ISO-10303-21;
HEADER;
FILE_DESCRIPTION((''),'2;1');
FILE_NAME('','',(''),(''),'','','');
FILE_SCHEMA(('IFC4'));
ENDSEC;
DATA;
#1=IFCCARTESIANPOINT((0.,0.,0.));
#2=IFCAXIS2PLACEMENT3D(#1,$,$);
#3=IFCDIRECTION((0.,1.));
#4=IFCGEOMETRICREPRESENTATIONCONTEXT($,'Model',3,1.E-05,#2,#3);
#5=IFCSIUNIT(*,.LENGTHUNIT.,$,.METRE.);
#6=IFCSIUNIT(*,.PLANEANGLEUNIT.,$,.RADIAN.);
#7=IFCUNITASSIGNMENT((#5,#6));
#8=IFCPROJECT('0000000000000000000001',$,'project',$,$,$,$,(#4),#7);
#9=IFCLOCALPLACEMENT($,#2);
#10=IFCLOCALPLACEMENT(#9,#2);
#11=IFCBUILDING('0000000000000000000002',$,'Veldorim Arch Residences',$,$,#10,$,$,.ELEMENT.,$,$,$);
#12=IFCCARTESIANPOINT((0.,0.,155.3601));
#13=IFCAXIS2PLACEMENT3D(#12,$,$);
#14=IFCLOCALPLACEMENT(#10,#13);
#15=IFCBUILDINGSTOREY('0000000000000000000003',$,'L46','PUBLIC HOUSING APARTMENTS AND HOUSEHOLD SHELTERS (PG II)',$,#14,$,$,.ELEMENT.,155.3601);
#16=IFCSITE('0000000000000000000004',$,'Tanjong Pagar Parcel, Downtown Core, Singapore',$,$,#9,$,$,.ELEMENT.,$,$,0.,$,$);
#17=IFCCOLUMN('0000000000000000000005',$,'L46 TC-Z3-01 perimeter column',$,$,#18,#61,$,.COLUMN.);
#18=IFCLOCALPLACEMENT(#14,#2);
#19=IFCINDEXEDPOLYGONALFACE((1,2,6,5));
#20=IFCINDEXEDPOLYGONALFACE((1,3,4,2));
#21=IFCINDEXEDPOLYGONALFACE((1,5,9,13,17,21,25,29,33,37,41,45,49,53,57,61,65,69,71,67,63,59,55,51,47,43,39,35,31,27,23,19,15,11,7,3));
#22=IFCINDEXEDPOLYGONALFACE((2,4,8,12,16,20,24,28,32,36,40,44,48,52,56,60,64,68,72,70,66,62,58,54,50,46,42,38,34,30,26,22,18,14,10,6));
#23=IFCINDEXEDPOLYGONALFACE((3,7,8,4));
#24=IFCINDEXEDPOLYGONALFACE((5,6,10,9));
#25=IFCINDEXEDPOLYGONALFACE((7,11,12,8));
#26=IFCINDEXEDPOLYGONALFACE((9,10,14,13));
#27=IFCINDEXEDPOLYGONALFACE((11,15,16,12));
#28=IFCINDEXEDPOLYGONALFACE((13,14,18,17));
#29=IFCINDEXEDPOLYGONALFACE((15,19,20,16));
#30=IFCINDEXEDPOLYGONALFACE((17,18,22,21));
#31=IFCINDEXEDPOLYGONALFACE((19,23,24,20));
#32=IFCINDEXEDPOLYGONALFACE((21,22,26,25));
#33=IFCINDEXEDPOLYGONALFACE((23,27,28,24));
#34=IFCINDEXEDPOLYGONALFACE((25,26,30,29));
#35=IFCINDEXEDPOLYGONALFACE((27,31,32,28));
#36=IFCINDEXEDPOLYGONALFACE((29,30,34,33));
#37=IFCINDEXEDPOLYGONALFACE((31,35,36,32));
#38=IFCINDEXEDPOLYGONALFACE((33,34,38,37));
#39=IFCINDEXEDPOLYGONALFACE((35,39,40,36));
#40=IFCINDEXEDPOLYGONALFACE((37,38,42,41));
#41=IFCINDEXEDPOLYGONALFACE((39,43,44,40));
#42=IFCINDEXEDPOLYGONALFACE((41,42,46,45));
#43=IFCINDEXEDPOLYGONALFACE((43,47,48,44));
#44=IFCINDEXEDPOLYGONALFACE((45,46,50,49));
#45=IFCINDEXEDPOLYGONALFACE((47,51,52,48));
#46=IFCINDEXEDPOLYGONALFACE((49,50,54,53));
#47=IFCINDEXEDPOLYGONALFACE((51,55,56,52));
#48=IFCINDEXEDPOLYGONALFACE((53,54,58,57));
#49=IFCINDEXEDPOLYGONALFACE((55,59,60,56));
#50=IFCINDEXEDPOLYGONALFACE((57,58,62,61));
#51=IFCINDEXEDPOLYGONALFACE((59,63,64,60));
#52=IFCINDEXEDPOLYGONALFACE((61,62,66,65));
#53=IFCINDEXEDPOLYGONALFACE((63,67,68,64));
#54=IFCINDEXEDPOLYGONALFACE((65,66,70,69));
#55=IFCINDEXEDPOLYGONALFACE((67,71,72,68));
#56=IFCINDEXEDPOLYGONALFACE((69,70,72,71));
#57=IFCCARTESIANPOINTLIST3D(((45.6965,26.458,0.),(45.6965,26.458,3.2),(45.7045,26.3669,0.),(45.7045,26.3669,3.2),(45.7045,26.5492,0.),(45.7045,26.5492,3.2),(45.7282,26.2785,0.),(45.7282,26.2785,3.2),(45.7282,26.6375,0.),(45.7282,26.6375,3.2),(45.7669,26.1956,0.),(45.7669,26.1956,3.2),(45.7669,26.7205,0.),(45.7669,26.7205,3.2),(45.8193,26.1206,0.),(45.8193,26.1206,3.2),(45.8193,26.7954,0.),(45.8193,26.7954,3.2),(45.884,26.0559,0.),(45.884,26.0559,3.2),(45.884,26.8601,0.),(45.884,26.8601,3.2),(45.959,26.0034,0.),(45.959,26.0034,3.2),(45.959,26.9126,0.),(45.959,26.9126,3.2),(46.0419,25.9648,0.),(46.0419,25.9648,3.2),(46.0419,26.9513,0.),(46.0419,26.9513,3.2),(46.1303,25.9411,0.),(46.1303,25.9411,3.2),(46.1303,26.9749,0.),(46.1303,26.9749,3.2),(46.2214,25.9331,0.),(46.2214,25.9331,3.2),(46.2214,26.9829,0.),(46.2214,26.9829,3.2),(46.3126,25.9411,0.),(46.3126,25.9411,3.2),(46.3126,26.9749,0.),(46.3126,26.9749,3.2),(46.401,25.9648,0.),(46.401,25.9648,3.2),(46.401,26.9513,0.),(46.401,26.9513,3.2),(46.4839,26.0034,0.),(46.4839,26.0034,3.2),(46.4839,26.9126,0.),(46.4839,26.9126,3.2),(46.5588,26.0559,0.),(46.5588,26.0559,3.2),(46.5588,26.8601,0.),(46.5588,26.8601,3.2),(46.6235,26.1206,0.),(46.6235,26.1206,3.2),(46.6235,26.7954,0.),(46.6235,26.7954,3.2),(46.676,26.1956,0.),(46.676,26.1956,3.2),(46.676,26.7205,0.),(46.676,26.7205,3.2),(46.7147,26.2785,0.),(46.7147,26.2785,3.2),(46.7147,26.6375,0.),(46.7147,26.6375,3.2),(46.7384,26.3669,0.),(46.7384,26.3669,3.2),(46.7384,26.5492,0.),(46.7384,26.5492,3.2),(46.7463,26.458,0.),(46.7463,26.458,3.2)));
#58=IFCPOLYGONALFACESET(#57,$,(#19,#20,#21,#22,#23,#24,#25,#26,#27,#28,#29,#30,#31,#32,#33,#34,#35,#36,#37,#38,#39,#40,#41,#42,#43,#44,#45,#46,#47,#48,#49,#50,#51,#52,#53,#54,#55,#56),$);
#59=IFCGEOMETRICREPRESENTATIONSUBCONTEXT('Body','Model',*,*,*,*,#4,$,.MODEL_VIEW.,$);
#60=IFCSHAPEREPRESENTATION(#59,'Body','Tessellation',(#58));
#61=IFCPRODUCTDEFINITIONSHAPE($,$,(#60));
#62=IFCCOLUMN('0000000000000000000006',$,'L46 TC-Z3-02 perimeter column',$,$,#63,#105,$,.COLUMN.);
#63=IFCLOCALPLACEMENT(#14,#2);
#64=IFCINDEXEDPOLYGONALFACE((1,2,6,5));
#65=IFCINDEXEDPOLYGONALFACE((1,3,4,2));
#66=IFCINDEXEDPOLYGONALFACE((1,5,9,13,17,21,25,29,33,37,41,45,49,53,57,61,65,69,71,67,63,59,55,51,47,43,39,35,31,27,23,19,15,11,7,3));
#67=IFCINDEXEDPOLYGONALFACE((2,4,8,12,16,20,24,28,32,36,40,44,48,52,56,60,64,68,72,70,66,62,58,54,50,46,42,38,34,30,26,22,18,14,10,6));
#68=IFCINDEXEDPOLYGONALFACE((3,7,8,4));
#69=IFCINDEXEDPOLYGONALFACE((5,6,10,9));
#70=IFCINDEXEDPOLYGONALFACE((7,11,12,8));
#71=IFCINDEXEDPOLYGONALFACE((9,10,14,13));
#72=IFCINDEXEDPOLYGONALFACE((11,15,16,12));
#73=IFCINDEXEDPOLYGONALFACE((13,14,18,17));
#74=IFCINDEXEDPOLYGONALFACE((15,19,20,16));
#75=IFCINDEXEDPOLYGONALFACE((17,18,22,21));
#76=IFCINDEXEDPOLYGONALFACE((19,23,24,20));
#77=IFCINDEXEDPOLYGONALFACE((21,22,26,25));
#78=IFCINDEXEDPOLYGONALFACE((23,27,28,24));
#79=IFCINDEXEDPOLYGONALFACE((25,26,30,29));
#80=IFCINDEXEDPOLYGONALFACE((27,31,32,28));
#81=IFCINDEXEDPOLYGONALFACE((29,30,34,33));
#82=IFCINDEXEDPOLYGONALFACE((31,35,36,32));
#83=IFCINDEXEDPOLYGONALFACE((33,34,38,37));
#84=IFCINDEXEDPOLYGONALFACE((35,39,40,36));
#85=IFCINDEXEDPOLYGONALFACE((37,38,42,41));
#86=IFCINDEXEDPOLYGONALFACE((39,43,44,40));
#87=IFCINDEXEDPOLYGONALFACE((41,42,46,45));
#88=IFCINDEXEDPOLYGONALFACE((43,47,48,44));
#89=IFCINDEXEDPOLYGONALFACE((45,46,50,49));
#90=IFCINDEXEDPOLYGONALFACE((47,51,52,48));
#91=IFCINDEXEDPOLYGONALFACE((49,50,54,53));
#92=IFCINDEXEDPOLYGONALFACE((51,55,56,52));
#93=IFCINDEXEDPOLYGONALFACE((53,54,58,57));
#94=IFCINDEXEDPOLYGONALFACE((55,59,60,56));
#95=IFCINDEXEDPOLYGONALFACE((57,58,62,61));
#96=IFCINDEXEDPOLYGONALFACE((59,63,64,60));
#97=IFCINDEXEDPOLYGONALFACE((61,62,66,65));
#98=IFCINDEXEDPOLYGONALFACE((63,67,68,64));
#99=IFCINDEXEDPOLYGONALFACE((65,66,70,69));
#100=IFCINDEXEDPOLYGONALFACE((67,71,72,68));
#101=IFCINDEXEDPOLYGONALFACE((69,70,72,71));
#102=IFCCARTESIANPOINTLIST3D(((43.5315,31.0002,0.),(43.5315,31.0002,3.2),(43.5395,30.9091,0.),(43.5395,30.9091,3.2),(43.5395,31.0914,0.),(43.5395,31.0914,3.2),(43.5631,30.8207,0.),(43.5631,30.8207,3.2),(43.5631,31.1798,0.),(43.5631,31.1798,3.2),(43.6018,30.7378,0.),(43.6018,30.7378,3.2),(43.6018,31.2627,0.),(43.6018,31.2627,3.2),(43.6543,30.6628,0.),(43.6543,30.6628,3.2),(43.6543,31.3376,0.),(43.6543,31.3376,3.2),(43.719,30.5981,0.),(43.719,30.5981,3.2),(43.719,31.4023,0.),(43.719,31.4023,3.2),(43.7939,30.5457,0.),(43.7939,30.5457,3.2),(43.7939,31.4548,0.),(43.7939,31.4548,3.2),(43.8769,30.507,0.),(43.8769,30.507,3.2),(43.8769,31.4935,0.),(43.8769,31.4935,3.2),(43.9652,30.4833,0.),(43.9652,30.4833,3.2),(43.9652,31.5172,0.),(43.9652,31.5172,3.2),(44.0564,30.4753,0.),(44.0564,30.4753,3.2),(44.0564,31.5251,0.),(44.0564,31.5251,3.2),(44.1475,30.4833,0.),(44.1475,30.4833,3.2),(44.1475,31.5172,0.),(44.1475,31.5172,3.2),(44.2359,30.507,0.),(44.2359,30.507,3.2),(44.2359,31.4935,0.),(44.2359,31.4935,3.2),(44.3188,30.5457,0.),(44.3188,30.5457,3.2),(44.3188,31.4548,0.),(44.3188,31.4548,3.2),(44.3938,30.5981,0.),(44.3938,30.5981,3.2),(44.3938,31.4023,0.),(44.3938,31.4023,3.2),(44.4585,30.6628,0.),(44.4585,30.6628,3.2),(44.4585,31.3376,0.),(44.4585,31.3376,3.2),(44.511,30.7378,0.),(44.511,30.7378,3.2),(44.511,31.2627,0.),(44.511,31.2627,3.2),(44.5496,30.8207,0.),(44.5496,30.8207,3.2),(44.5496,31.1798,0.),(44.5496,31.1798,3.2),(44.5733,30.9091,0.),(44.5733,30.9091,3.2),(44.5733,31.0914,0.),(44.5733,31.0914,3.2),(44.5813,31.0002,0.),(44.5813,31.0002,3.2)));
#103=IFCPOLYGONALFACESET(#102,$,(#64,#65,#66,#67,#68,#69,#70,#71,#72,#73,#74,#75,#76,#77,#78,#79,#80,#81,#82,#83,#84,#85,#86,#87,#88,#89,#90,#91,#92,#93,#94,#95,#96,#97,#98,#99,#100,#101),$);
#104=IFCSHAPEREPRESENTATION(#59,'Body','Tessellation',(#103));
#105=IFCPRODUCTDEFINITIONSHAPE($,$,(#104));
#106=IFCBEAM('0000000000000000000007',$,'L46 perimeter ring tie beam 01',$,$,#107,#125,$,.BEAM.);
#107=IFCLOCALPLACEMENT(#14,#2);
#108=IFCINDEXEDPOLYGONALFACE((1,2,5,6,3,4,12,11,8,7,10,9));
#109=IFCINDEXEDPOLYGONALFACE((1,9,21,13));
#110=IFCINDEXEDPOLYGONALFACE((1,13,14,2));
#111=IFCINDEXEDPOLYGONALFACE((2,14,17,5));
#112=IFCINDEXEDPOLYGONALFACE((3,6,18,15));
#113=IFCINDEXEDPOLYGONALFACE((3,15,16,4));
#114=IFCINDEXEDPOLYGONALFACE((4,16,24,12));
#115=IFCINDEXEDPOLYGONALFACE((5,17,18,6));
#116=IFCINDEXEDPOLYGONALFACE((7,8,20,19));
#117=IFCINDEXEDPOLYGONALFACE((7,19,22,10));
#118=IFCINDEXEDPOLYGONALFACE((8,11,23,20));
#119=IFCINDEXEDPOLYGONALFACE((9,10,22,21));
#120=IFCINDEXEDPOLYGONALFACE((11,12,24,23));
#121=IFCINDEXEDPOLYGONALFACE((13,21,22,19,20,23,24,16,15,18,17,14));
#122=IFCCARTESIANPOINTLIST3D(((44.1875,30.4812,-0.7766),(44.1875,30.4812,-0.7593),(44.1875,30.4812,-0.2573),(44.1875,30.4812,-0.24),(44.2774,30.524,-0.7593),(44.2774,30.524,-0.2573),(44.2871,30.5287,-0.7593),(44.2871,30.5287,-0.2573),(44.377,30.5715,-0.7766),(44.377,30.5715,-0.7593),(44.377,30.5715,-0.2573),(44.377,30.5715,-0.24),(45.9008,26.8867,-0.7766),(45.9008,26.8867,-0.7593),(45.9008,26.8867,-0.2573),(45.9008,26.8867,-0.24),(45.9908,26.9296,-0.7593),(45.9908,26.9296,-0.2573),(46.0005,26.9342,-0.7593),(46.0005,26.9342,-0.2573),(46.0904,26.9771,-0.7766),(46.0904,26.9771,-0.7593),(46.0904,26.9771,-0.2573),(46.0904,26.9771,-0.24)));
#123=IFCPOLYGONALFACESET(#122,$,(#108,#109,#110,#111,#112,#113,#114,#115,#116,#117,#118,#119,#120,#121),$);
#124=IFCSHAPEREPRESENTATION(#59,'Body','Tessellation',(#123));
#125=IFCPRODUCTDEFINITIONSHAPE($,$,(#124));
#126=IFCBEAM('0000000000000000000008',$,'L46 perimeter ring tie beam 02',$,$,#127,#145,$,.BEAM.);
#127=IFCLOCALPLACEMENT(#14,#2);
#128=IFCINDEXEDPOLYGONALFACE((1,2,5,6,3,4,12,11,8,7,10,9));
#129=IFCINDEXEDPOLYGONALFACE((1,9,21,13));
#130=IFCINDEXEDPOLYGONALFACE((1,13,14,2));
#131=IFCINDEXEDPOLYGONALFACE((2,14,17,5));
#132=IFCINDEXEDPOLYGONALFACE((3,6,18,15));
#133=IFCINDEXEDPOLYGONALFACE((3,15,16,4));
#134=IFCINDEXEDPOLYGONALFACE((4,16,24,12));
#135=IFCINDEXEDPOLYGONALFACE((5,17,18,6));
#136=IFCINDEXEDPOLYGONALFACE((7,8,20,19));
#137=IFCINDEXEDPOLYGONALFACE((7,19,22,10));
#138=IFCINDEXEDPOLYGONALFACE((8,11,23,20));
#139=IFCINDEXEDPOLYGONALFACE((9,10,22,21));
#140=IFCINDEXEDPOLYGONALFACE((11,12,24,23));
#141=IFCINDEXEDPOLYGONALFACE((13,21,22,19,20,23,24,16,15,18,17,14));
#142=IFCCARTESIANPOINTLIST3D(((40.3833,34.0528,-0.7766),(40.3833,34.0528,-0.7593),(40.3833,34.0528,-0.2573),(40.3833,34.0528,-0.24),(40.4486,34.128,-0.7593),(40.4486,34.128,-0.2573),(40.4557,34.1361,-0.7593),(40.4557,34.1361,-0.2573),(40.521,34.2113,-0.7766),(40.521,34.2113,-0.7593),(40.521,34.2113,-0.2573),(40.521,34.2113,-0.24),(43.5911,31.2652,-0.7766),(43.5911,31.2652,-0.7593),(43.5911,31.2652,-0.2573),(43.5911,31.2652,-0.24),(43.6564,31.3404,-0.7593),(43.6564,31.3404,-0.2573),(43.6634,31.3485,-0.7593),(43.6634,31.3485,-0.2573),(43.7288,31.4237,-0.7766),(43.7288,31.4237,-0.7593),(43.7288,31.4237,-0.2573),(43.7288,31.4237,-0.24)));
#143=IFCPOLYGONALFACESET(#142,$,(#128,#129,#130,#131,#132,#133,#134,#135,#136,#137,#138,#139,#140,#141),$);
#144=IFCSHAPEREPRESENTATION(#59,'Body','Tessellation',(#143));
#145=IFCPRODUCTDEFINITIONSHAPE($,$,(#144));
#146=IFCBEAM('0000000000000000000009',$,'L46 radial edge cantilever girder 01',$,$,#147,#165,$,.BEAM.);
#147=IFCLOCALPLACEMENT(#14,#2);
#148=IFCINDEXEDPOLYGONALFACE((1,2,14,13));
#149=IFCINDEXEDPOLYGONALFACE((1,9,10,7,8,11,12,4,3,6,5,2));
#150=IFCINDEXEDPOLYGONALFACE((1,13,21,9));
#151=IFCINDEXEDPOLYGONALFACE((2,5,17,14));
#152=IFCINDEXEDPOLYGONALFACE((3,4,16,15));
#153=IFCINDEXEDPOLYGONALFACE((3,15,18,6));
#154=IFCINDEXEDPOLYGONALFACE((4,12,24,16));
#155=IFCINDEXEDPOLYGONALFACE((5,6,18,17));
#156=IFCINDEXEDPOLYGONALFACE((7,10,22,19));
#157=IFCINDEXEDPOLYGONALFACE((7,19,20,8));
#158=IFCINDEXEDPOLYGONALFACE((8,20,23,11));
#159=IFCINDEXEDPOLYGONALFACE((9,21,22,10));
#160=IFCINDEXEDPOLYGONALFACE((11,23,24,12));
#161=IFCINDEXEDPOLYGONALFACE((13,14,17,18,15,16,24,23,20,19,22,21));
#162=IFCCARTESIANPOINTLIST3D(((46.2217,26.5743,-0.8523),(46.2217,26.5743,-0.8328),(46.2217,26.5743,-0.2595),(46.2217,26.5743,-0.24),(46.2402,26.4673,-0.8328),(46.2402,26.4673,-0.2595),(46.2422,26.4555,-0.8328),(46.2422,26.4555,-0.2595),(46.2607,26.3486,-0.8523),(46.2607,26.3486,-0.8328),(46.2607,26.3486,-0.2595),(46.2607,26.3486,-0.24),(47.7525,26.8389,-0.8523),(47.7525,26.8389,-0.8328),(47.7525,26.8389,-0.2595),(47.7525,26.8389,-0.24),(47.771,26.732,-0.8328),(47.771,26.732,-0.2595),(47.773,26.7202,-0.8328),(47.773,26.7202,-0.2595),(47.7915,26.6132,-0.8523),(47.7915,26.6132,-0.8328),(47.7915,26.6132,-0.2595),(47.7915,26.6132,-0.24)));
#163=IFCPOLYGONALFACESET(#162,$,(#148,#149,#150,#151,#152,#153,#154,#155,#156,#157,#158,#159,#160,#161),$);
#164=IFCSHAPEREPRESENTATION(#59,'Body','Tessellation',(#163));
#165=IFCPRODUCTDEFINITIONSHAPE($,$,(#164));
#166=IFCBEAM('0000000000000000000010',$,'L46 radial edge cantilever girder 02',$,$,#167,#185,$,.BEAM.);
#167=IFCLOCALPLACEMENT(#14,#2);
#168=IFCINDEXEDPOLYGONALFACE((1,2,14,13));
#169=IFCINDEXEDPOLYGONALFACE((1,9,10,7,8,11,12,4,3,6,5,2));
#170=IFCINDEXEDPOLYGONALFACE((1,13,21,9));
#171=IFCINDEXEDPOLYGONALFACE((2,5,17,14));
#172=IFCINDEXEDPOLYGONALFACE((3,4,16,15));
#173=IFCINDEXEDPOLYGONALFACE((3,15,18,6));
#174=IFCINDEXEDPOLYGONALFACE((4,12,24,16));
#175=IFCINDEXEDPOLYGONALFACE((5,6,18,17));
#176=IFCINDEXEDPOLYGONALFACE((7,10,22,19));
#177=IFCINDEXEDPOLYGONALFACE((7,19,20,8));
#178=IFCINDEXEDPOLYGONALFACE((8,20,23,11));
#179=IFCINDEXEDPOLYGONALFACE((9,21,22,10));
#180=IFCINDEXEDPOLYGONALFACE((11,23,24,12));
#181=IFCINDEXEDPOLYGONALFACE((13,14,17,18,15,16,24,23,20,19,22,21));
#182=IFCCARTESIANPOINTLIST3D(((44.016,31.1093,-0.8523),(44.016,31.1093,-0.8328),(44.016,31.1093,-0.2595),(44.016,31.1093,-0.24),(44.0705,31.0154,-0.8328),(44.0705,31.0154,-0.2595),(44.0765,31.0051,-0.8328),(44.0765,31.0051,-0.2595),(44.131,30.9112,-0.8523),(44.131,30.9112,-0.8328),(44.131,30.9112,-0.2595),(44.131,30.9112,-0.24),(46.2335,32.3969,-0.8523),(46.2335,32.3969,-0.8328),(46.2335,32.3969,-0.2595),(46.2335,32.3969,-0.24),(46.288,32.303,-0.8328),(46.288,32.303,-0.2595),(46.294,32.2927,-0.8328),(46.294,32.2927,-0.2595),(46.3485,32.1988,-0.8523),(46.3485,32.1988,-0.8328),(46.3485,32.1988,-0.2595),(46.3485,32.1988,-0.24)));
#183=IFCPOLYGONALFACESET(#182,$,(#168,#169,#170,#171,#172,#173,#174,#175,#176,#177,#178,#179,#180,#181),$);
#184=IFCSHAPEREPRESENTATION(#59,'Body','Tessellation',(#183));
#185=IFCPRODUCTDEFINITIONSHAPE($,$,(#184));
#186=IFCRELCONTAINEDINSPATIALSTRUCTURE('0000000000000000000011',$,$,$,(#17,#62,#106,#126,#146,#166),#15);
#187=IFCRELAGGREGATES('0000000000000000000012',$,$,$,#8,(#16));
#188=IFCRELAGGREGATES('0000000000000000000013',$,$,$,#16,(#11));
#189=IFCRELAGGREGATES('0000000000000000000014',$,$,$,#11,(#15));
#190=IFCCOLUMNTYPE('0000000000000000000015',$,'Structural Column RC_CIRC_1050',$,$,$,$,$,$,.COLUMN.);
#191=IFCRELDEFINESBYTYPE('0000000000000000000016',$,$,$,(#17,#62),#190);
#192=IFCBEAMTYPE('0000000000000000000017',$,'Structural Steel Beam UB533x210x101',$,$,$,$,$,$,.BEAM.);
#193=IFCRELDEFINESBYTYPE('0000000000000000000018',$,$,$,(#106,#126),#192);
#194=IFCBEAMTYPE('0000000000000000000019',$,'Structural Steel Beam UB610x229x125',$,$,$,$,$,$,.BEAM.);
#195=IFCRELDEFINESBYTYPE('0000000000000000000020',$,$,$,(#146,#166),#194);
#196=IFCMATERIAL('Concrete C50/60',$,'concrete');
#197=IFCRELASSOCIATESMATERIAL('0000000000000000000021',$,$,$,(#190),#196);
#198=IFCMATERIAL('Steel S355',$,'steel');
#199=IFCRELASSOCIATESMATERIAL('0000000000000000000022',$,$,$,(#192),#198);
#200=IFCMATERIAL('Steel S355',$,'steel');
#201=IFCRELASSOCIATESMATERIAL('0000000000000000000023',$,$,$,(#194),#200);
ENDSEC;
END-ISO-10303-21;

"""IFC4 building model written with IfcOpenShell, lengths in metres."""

from ifc_helpers import new_model, si_unit, direction, frame, origin, origin_2d, place, context, subcontext, project, spatial, circle, i_section, extrude, material, material_profile, profile_set, type_object, element, save


model = new_model("IFC4")

# Units and contexts
model_context = context("Model", 3, precision=1e-05, world=origin(), true_north=direction((0.0, 1.0)))
body_context = subcontext(model_context, "Body", "Model", "MODEL_VIEW")
ifc_project = project(units=[si_unit("LENGTHUNIT", "METRE"), si_unit("PLANEANGLEUNIT", "RADIAN")], contexts=[model_context])

# Site, building, storey
site_placement = place(None, origin())
site = spatial("IfcSite", under=ifc_project, at=site_placement, Name="Tanjong Pagar Parcel, Downtown Core, Singapore", CompositionType="ELEMENT", RefElevation=0.0)
building_placement = place(site_placement, origin())
building = spatial("IfcBuilding", under=site, at=building_placement, Name="Veldorim Arch Residences", CompositionType="ELEMENT")
storey_placement = place(building_placement, frame((0.0, 0.0, 155.3601)))
storey = spatial("IfcBuildingStorey", under=building, at=storey_placement, Name="L46", Description="PUBLIC HOUSING APARTMENTS AND HOUSEHOLD SHELTERS (PG II)", CompositionType="ELEMENT", Elevation=155.3601)

# Columns
ifc_material_1 = material(Name="Concrete C50/60", Category="concrete")
ifc_material_profile_1 = material_profile(ifc_material_1, circle(Radius=0.5249, at=origin_2d()), Name="RC_CIRC_1050")
ifc_profile_set_1 = profile_set([ifc_material_profile_1], Name="Concrete C50/60")
column_type = type_object("IfcColumnType", Name="Structural Column RC_CIRC_1050", PredefinedType="COLUMN", material=ifc_profile_set_1)
for number, where, z_axis, x_axis, name in (
    (1, (46.2214, 26.458, 0.0), (0.0, 0.0, 1.0), (1.0, 0.0, 0.0), "L46 TC-Z3-01 perimeter column"),
    (2, (44.0564, 31.0002, 0.0), (0.0, 0.0, 1.0), (1.0, 0.0, 0.0), "L46 TC-Z3-02 perimeter column"),
):
    element("IfcColumn", number, at=place(storey_placement, frame(where, z_axis=z_axis, x_axis=x_axis)), inside=storey, type_object=column_type, Name=name, PredefinedType="COLUMN", context=body_context, shape_type="SweptSolid", body=[
        extrude(circle(Radius=0.5249, at=origin_2d()), origin(), (0.0, 0.0, 1.0), 3.2),
    ])

# Beams
ifc_material_2 = material(Name="Steel S355", Category="steel")
ifc_material_profile_2 = material_profile(ifc_material_2, i_section(OverallWidth=0.21, OverallDepth=0.5366, WebThickness=0.0107, FlangeThickness=0.0173, at=origin_2d()), Name="UB533x210x101")
ifc_profile_set_2 = profile_set([ifc_material_profile_2], Name="Steel S355")
beam_type_1 = type_object("IfcBeamType", Name="Structural Steel Beam UB533x210x101", PredefinedType="BEAM", material=ifc_profile_set_2)
beam_1_placement = place(storey_placement, frame((45.9956, 26.9319, -0.5083), z_axis=(-0.430286, 0.902693, 0.0), x_axis=(-0.902693, -0.430286, 0.0)))
element("IfcBeam", 3, at=beam_1_placement, inside=storey, type_object=beam_type_1, Name="L46 perimeter ring tie beam 01", PredefinedType="BEAM", context=body_context, shape_type="SweptSolid", body=[
    extrude(i_section(OverallWidth=0.21, OverallDepth=0.5366, WebThickness=0.0107, FlangeThickness=0.0173, at=origin_2d()), origin(), (0.0, 0.0, 1.0), 3.9819),
])
beam_2_placement = place(storey_placement, frame((43.6599, 31.3445, -0.5083), z_axis=(-0.754811, 0.655943, 0.0), x_axis=(-0.655943, -0.754811, 0.0)))
element("IfcBeam", 4, at=beam_2_placement, inside=storey, type_object=beam_type_1, Name="L46 perimeter ring tie beam 02", PredefinedType="BEAM", context=body_context, shape_type="SweptSolid", body=[
    extrude(i_section(OverallWidth=0.21, OverallDepth=0.5366, WebThickness=0.0107, FlangeThickness=0.0173, at=origin_2d()), origin(), (0.0, 0.0, 1.0), 4.2498),
])
ifc_material_3 = material(Name="Steel S355", Category="steel")
ifc_material_profile_3 = material_profile(ifc_material_3, i_section(OverallWidth=0.229, OverallDepth=0.6123, WebThickness=0.012, FlangeThickness=0.0195, at=origin_2d()), Name="UB610x229x125")
ifc_profile_set_3 = profile_set([ifc_material_profile_3], Name="Steel S355")
beam_type_2 = type_object("IfcBeamType", Name="Structural Steel Beam UB610x229x125", PredefinedType="BEAM", material=ifc_profile_set_3)
beam_3_placement = place(storey_placement, frame((46.2412, 26.4614, -0.5461), z_axis=(0.985382, 0.170359, 0.0), x_axis=(-0.170359, 0.985382, 0.0)))
element("IfcBeam", 5, at=beam_3_placement, inside=storey, type_object=beam_type_2, Name="L46 radial edge cantilever girder 01", PredefinedType="BEAM", context=body_context, shape_type="SweptSolid", body=[
    extrude(i_section(OverallWidth=0.229, OverallDepth=0.6123, WebThickness=0.012, FlangeThickness=0.0195, at=origin_2d()), origin(), (0.0, 0.0, 1.0), 1.5535),
])
beam_4_placement = place(storey_placement, frame((44.0735, 31.0103, -0.5461), z_axis=(0.864789, 0.502136, 0.0), x_axis=(-0.502136, 0.864789, 0.0)))
element("IfcBeam", 6, at=beam_4_placement, inside=storey, type_object=beam_type_2, Name="L46 radial edge cantilever girder 02", PredefinedType="BEAM", context=body_context, shape_type="SweptSolid", body=[
    extrude(i_section(OverallWidth=0.229, OverallDepth=0.6123, WebThickness=0.012, FlangeThickness=0.0195, at=origin_2d()), origin(), (0.0, 0.0, 1.0), 2.5642),
])

save(model, "model.ifc")
